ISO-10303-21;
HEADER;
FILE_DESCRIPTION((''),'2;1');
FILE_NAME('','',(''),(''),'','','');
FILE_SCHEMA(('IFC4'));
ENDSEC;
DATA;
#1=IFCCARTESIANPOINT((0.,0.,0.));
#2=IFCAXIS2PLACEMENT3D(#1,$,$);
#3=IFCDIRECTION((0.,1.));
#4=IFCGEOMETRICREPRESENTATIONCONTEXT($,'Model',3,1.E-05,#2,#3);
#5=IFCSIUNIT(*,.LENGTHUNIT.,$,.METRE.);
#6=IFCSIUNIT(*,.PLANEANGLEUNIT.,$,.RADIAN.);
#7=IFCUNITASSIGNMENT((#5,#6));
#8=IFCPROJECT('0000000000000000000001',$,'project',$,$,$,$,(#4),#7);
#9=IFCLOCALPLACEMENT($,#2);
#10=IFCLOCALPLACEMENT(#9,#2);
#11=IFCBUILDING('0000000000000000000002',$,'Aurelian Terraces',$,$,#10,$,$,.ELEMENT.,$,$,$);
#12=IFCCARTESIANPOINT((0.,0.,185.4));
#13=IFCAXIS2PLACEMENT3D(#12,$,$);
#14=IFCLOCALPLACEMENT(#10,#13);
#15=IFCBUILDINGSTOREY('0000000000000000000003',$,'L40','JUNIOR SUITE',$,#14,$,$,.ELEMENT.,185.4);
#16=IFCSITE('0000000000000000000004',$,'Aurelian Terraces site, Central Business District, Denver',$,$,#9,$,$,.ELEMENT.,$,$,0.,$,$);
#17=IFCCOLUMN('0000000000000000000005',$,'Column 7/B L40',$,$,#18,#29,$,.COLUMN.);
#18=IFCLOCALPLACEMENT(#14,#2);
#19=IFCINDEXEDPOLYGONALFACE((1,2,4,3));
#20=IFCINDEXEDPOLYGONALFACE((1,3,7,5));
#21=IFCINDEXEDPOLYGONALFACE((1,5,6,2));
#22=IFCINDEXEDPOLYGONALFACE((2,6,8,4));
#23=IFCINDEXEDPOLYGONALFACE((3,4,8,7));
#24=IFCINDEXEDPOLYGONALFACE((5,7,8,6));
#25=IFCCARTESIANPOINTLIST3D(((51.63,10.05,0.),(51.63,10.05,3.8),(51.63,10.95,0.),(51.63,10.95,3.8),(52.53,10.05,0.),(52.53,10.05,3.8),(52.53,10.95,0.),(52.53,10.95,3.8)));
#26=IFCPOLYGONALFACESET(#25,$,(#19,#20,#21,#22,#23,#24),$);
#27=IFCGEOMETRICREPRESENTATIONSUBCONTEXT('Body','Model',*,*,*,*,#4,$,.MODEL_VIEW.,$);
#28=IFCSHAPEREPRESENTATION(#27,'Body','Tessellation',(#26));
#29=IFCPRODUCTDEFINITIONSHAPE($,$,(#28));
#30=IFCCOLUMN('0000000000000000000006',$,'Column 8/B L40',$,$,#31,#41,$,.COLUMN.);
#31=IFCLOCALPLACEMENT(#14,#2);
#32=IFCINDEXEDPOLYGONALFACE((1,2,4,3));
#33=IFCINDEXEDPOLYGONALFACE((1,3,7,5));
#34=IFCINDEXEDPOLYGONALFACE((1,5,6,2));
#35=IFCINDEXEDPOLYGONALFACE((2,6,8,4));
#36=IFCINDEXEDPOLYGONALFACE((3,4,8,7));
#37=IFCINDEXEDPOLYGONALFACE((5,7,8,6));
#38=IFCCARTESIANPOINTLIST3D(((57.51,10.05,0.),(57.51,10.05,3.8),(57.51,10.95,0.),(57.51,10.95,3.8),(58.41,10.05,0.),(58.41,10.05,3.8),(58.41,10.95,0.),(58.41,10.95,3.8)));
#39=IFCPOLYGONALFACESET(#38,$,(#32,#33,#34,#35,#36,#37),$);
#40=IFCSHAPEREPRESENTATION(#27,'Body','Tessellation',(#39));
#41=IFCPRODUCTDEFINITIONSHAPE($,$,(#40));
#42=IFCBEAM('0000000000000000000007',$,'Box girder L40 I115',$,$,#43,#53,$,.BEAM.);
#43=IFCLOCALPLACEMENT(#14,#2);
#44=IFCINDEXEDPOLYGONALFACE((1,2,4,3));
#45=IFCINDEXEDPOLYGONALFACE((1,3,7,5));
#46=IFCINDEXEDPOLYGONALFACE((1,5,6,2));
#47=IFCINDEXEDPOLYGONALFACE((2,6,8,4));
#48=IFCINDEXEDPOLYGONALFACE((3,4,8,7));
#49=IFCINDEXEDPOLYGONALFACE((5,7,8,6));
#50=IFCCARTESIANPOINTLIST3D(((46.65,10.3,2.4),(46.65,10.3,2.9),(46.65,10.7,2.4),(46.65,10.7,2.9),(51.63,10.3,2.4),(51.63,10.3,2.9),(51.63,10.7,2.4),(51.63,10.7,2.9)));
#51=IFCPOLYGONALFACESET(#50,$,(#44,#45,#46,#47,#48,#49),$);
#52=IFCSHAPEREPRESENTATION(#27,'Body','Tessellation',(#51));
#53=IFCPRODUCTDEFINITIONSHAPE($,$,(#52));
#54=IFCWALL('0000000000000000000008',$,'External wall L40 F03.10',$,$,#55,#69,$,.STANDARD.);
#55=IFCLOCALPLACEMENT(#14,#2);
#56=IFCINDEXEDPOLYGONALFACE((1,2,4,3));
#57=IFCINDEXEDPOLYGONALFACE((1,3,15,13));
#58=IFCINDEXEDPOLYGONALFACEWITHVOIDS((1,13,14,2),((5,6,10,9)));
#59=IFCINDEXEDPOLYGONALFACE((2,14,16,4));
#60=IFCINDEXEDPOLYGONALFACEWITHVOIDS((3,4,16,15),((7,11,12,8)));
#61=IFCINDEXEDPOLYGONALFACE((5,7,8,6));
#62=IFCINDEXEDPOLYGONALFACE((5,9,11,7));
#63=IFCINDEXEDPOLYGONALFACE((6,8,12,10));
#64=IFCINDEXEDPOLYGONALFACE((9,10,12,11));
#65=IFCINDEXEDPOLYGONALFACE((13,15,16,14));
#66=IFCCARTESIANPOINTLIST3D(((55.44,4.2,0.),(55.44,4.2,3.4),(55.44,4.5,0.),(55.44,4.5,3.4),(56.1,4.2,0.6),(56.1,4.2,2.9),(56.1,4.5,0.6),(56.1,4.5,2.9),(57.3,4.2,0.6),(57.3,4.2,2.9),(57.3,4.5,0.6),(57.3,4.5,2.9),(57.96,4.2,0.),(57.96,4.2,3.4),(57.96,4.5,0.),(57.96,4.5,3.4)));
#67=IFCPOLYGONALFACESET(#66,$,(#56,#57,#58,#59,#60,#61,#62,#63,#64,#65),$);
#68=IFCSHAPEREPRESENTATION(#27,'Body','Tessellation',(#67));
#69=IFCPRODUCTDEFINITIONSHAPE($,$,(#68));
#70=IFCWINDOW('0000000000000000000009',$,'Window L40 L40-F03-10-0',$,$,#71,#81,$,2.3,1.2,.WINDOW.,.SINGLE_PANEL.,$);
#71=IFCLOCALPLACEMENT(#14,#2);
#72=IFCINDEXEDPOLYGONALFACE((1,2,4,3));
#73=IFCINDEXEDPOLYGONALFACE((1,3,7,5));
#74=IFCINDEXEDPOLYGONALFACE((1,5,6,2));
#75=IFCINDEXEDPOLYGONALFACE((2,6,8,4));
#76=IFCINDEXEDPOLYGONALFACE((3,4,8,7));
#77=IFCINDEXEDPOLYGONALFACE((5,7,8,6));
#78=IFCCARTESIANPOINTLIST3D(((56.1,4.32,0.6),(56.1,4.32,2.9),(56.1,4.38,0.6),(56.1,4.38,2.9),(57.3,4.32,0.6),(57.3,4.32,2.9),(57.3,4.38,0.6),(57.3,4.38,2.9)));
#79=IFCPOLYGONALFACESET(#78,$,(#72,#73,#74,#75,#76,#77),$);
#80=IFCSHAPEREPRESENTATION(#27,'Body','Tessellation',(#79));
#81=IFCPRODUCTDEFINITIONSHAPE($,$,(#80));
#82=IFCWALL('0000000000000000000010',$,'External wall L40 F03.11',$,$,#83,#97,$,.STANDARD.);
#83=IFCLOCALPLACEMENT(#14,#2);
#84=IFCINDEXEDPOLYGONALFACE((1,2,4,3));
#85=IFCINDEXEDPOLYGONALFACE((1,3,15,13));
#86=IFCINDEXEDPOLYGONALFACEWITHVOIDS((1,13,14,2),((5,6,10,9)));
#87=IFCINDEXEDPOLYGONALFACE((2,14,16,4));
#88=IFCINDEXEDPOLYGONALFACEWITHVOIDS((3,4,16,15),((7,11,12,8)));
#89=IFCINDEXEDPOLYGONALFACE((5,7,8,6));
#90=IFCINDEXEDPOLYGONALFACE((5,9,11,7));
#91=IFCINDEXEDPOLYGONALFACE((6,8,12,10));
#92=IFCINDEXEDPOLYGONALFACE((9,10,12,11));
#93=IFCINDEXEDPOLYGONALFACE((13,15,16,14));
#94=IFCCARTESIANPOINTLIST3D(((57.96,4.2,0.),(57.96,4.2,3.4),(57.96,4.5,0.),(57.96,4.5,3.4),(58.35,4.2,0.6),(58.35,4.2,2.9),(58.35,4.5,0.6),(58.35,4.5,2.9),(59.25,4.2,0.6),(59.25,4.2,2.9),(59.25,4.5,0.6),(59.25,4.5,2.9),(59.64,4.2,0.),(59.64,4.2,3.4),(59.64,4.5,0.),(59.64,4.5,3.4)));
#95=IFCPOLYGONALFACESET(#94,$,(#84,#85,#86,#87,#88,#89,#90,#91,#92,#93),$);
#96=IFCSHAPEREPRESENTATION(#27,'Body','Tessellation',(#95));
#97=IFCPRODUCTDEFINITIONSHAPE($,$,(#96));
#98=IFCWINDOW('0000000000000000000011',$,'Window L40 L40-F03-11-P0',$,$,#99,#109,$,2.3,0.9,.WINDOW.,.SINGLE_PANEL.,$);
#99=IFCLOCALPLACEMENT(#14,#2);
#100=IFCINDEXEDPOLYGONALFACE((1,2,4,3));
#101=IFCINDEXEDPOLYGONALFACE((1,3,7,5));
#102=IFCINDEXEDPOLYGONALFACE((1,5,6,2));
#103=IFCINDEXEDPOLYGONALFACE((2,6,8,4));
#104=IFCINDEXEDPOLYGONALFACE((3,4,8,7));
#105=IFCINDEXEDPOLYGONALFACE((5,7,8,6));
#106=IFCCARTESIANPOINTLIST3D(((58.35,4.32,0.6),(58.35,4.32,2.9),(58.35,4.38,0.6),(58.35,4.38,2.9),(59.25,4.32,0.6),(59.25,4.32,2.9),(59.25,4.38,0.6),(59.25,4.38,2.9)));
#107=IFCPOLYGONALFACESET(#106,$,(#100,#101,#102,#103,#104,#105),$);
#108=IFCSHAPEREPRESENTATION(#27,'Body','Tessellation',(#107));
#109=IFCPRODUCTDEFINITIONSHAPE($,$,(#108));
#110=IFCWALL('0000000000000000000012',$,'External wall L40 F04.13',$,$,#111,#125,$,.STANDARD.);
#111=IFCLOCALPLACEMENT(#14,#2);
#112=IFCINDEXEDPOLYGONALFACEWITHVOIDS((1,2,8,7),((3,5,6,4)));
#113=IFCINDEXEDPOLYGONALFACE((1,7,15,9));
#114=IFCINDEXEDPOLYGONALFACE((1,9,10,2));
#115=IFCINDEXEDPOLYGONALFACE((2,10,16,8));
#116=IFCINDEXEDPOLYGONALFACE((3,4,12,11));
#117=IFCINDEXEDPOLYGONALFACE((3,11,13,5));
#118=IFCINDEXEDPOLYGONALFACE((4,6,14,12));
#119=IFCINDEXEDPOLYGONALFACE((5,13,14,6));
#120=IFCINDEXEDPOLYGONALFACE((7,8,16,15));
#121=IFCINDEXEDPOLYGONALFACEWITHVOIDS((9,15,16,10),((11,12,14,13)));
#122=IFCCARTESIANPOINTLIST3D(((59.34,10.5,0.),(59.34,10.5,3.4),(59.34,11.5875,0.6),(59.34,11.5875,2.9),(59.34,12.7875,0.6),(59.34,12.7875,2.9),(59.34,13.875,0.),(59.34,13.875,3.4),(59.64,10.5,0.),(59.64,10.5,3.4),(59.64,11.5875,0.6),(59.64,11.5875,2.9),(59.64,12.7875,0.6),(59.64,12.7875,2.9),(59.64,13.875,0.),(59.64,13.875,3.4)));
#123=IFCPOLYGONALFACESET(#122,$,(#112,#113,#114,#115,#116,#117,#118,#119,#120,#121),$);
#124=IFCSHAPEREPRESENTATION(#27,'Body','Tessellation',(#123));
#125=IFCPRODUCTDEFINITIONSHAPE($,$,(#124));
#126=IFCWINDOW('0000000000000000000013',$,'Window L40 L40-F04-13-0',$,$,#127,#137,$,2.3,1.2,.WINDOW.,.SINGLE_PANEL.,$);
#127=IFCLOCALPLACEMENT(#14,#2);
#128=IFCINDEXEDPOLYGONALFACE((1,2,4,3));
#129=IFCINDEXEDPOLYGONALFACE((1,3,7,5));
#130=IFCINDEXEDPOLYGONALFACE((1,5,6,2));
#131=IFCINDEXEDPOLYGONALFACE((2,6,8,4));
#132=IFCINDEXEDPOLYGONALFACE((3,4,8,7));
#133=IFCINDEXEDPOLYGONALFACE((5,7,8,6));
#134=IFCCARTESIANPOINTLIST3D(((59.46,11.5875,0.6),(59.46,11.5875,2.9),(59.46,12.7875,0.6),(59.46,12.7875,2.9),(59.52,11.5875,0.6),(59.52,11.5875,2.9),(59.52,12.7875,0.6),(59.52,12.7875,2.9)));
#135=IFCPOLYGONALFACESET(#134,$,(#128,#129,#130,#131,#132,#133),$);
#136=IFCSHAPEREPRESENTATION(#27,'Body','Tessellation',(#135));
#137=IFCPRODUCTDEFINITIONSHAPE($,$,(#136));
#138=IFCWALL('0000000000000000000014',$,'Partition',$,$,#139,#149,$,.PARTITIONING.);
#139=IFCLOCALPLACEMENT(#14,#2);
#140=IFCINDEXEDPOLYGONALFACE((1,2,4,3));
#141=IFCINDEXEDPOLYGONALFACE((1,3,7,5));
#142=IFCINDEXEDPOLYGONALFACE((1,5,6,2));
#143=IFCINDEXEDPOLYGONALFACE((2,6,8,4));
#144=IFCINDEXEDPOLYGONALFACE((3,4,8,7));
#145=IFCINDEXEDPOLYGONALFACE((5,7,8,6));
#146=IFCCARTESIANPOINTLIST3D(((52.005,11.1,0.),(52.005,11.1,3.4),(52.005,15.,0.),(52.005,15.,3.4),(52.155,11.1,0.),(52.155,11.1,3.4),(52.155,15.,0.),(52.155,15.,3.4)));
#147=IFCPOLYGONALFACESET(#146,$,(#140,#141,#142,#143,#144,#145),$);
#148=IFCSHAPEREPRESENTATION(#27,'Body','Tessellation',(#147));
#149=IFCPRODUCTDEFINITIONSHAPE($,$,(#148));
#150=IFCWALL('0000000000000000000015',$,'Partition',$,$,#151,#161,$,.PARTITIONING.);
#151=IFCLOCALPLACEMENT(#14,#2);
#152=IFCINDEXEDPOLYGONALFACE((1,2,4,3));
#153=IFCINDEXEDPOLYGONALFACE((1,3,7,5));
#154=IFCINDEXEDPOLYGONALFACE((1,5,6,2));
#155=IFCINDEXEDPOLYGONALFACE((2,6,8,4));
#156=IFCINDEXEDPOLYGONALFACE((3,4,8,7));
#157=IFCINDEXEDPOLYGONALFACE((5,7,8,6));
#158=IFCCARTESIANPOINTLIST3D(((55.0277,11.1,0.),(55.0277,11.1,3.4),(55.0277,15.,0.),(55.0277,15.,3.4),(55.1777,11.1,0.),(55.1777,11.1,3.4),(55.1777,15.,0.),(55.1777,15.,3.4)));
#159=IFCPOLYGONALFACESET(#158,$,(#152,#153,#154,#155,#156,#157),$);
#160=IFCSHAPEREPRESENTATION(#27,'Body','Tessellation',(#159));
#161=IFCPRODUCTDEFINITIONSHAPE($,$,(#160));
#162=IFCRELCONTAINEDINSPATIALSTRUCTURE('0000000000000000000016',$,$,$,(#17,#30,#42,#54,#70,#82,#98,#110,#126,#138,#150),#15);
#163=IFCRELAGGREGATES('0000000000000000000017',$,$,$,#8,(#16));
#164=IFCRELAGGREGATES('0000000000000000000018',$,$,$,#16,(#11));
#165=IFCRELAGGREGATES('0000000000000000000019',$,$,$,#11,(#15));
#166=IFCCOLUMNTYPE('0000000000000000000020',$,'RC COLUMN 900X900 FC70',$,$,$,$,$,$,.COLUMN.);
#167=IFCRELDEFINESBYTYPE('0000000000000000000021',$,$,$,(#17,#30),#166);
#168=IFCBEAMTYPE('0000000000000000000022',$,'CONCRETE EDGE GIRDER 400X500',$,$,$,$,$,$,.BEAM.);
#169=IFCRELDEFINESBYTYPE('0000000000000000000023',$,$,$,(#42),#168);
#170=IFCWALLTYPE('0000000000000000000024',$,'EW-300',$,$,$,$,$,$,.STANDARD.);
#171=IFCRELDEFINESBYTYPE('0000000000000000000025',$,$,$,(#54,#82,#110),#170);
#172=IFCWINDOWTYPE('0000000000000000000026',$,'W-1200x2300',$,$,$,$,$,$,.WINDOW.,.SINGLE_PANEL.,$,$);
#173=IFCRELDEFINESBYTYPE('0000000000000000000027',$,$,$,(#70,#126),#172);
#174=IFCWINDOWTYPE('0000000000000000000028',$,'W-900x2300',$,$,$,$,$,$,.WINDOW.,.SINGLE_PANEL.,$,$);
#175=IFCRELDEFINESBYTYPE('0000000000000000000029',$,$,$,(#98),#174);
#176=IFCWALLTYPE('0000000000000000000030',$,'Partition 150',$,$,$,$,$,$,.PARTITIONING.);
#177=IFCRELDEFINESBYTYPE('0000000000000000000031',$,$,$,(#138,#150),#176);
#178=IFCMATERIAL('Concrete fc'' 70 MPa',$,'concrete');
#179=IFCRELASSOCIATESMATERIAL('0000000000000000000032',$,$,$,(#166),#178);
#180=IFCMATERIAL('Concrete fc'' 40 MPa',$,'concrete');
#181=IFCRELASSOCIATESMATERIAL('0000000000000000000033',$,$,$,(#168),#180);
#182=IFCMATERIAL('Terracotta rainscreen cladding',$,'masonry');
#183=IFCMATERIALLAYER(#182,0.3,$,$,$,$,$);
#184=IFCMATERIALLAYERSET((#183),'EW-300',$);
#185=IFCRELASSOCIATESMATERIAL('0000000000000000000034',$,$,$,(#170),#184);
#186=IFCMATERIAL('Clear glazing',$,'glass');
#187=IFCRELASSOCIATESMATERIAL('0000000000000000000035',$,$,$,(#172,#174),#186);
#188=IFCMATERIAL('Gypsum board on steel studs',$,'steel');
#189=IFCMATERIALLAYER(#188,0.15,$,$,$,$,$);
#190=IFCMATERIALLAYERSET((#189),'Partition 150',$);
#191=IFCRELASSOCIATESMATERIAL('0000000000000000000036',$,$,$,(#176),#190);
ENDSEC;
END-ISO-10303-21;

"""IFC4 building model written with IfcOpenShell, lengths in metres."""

from ifc_helpers import new_model, si_unit, direction, frame, frame_2d, origin, origin_2d, place, context, subcontext, project, spatial, rectangle, extrude, source, transform, mapped, material, layer, layer_set, material_profile, profile_set, type_object, element, fill, save


model = new_model("IFC4")

# Units and contexts
model_context = context("Model", 3, precision=1e-05, world=origin(), true_north=direction((0.0, 1.0)))
body_context = subcontext(model_context, "Body", "Model", "MODEL_VIEW")
ifc_project = project(units=[si_unit("LENGTHUNIT", "METRE"), si_unit("PLANEANGLEUNIT", "RADIAN")], contexts=[model_context])

# Site, building, storey
site_placement = place(None, origin())
site = spatial("IfcSite", under=ifc_project, at=site_placement, Name="Aurelian Terraces site, Central Business District, Denver", CompositionType="ELEMENT", RefElevation=0.0)
building_placement = place(site_placement, origin())
building = spatial("IfcBuilding", under=site, at=building_placement, Name="Aurelian Terraces", CompositionType="ELEMENT")
storey_placement = place(building_placement, frame((0.0, 0.0, 185.4)))
storey = spatial("IfcBuildingStorey", under=building, at=storey_placement, Name="L40", Description="JUNIOR SUITE", CompositionType="ELEMENT", Elevation=185.4)

# Columns
ifc_material_1 = material(Name="Concrete fc' 70 MPa", Category="concrete")
ifc_material_profile_1 = material_profile(ifc_material_1, rectangle(XDim=0.9, YDim=0.9, at=origin_2d()))
ifc_profile_set_1 = profile_set([ifc_material_profile_1], Name="Concrete fc' 70 MPa")
column_type = type_object("IfcColumnType", Name="RC COLUMN 900X900 FC70", PredefinedType="COLUMN", material=ifc_profile_set_1)
shared_shape_1 = source(origin(), body_context, "Body", "SweptSolid", [
    extrude(rectangle(XDim=0.9, YDim=0.9, at=origin_2d()), origin(), (0.0, 0.0, 1.0), 3.8),
])
for number, where, z_axis, x_axis, name in (
    (1, (52.08, 10.5, 0.0), (0.0, 0.0, 1.0), (1.0, 0.0, 0.0), "Column 7/B L40"),
    (2, (57.96, 10.5, 0.0), (0.0, 0.0, 1.0), (1.0, 0.0, 0.0), "Column 8/B L40"),
):
    element("IfcColumn", number, at=place(storey_placement, frame(where, z_axis=z_axis, x_axis=x_axis)), inside=storey, type_object=column_type, Name=name, PredefinedType="COLUMN", context=body_context, shape_type="MappedRepresentation", body=[
        mapped(shared_shape_1, transform((0.0, 0.0, 0.0), scale=1.0)),
    ])

# Beam
ifc_material_2 = material(Name="Concrete fc' 40 MPa", Category="concrete")
ifc_material_profile_2 = material_profile(ifc_material_2, rectangle(XDim=0.4, YDim=0.5, at=origin_2d()))
ifc_profile_set_2 = profile_set([ifc_material_profile_2], Name="Concrete fc' 40 MPa")
beam_type = type_object("IfcBeamType", Name="CONCRETE EDGE GIRDER 400X500", PredefinedType="BEAM", material=ifc_profile_set_2)
shared_shape_2 = source(origin(), body_context, "Body", "SweptSolid", [
    extrude(rectangle(XDim=0.4, YDim=0.5, at=origin_2d()), origin(), (0.0, 0.0, 1.0), 4.98),
])
beam_placement = place(storey_placement, frame((46.65, 10.5, 2.65), z_axis=(1.0, 0.0, 0.0), x_axis=(0.0, 1.0, 0.0)))
element("IfcBeam", 3, at=beam_placement, inside=storey, type_object=beam_type, Name="Box girder L40 I115", PredefinedType="BEAM", context=body_context, shape_type="MappedRepresentation", body=[
    mapped(shared_shape_2, transform((0.0, 0.0, 0.0), scale=1.0)),
])

# Walls, openings, windows
ifc_material_3 = material(Name="Terracotta rainscreen cladding", Category="masonry")
ifc_layer_1 = layer(ifc_material_3, 0.3)
ifc_layer_set_1 = layer_set([ifc_layer_1], Name="EW-300")
wall_type_1 = type_object("IfcWallType", Name="EW-300", PredefinedType="STANDARD", material=ifc_layer_set_1)
shared_shape_3 = source(origin(), body_context, "Body", "SweptSolid", [
    extrude(rectangle(XDim=2.52, YDim=0.3, at=frame_2d((1.26, 0.0))), origin(), (0.0, 0.0, 1.0), 3.4),
])
wall_1_placement = place(storey_placement, frame((55.44, 4.35, 0.0), z_axis=(0.0, 0.0, 1.0), x_axis=(1.0, 0.0, 0.0)))
wall_1 = element("IfcWall", 4, at=wall_1_placement, inside=storey, type_object=wall_type_1, Name="External wall L40 F03.10", PredefinedType="STANDARD", context=body_context, shape_type="MappedRepresentation", body=[
    mapped(shared_shape_3, transform((0.0, 0.0, 0.0), scale=1.0)),
])
shared_shape_4 = source(origin(), body_context, "Body", "SweptSolid", [
    extrude(rectangle(XDim=1.2, YDim=2.3, at=frame_2d((0.6, 1.15))), frame((0.0, 0.16, 0.0), z_axis=(0.0, -1.0, 0.0), x_axis=(1.0, 0.0, 0.0)), (0.0, 0.0, 1.0), 0.32),
])
opening_1_placement = place(wall_1_placement, frame((0.66, 0.0, 0.6)))
opening_1 = element("IfcOpeningElement", 5, at=opening_1_placement, cuts=wall_1, PredefinedType="OPENING", context=body_context, shape_type="MappedRepresentation", body=[
    mapped(shared_shape_4, transform((0.0, 0.0, 0.0), scale=1.0)),
])
ifc_material_4 = material(Name="Clear glazing", Category="glass")
window_type_1 = type_object("IfcWindowType", Name="W-1200x2300", PartitioningType="SINGLE_PANEL", PredefinedType="WINDOW", material=ifc_material_4)
shared_shape_5 = source(origin(), body_context, "Body", "SweptSolid", [
    extrude(rectangle(XDim=1.2, YDim=2.3, at=frame_2d((0.6, 1.15))), frame((0.0, 0.03, 0.0), z_axis=(0.0, -1.0, 0.0), x_axis=(1.0, 0.0, 0.0)), (0.0, 0.0, 1.0), 0.06),
])
window_1_placement = place(opening_1_placement, origin())
window_1 = element("IfcWindow", 6, at=window_1_placement, inside=storey, type_object=window_type_1, Name="Window L40 L40-F03-10-0", OverallHeight=2.3, OverallWidth=1.2, PartitioningType="SINGLE_PANEL", PredefinedType="WINDOW", context=body_context, shape_type="MappedRepresentation", body=[
    mapped(shared_shape_5, transform((0.0, 0.0, 0.0), scale=1.0)),
])
fill(opening_1, window_1)
shared_shape_6 = source(origin(), body_context, "Body", "SweptSolid", [
    extrude(rectangle(XDim=1.68, YDim=0.3, at=frame_2d((0.84, 0.0))), origin(), (0.0, 0.0, 1.0), 3.4),
])
wall_2_placement = place(storey_placement, frame((57.96, 4.35, 0.0), z_axis=(0.0, 0.0, 1.0), x_axis=(1.0, 0.0, 0.0)))
wall_2 = element("IfcWall", 7, at=wall_2_placement, inside=storey, type_object=wall_type_1, Name="External wall L40 F03.11", PredefinedType="STANDARD", context=body_context, shape_type="MappedRepresentation", body=[
    mapped(shared_shape_6, transform((0.0, 0.0, 0.0), scale=1.0)),
])
shared_shape_7 = source(origin(), body_context, "Body", "SweptSolid", [
    extrude(rectangle(XDim=0.9, YDim=2.3, at=frame_2d((0.45, 1.15))), frame((0.0, 0.16, 0.0), z_axis=(0.0, -1.0, 0.0), x_axis=(1.0, 0.0, 0.0)), (0.0, 0.0, 1.0), 0.32),
])
opening_2_placement = place(wall_2_placement, frame((0.39, 0.0, 0.6)))
opening_2 = element("IfcOpeningElement", 8, at=opening_2_placement, cuts=wall_2, PredefinedType="OPENING", context=body_context, shape_type="MappedRepresentation", body=[
    mapped(shared_shape_7, transform((0.0, 0.0, 0.0), scale=1.0)),
])
window_type_2 = type_object("IfcWindowType", Name="W-900x2300", PartitioningType="SINGLE_PANEL", PredefinedType="WINDOW", material=ifc_material_4)
shared_shape_8 = source(origin(), body_context, "Body", "SweptSolid", [
    extrude(rectangle(XDim=0.9, YDim=2.3, at=frame_2d((0.45, 1.15))), frame((0.0, 0.03, 0.0), z_axis=(0.0, -1.0, 0.0), x_axis=(1.0, 0.0, 0.0)), (0.0, 0.0, 1.0), 0.06),
])
window_2_placement = place(opening_2_placement, origin())
window_2 = element("IfcWindow", 9, at=window_2_placement, inside=storey, type_object=window_type_2, Name="Window L40 L40-F03-11-P0", OverallHeight=2.3, OverallWidth=0.9, PartitioningType="SINGLE_PANEL", PredefinedType="WINDOW", context=body_context, shape_type="MappedRepresentation", body=[
    mapped(shared_shape_8, transform((0.0, 0.0, 0.0), scale=1.0)),
])
fill(opening_2, window_2)
shared_shape_9 = source(origin(), body_context, "Body", "SweptSolid", [
    extrude(rectangle(XDim=3.375, YDim=0.3, at=frame_2d((1.6875, 0.0))), origin(), (0.0, 0.0, 1.0), 3.4),
])
wall_3_placement = place(storey_placement, frame((59.49, 10.5, 0.0), z_axis=(0.0, 0.0, 1.0), x_axis=(0.0, 1.0, 0.0)))
wall_3 = element("IfcWall", 10, at=wall_3_placement, inside=storey, type_object=wall_type_1, Name="External wall L40 F04.13", PredefinedType="STANDARD", context=body_context, shape_type="MappedRepresentation", body=[
    mapped(shared_shape_9, transform((0.0, 0.0, 0.0), scale=1.0)),
])
opening_3_placement = place(wall_3_placement, frame((1.0875, 0.0, 0.6)))
opening_3 = element("IfcOpeningElement", 11, at=opening_3_placement, cuts=wall_3, PredefinedType="OPENING", context=body_context, shape_type="MappedRepresentation", body=[
    mapped(shared_shape_4, transform((0.0, 0.0, 0.0), scale=1.0)),
])
window_3_placement = place(opening_3_placement, origin())
window_3 = element("IfcWindow", 12, at=window_3_placement, inside=storey, type_object=window_type_1, Name="Window L40 L40-F04-13-0", OverallHeight=2.3, OverallWidth=1.2, PartitioningType="SINGLE_PANEL", PredefinedType="WINDOW", context=body_context, shape_type="MappedRepresentation", body=[
    mapped(shared_shape_5, transform((0.0, 0.0, 0.0), scale=1.0)),
])
fill(opening_3, window_3)

# Walls
ifc_material_5 = material(Name="Gypsum board on steel studs", Category="steel")
ifc_layer_2 = layer(ifc_material_5, 0.15)
ifc_layer_set_2 = layer_set([ifc_layer_2], Name="Partition 150")
wall_type_2 = type_object("IfcWallType", Name="Partition 150", PredefinedType="PARTITIONING", material=ifc_layer_set_2)
shared_shape_10 = source(origin(), body_context, "Body", "SweptSolid", [
    extrude(rectangle(XDim=3.9, YDim=0.15, at=frame_2d((1.95, 0.0))), origin(), (0.0, 0.0, 1.0), 3.4),
])
for number, where, z_axis, x_axis, name in (
    (13, (52.08, 11.1, 0.0), (0.0, 0.0, 1.0), (0.0, 1.0, 0.0), "Partition"),
    (14, (55.1027, 11.1, 0.0), (0.0, 0.0, 1.0), (0.0, 1.0, 0.0), "Partition"),
):
    element("IfcWall", number, at=place(storey_placement, frame(where, z_axis=z_axis, x_axis=x_axis)), inside=storey, type_object=wall_type_2, Name=name, PredefinedType="PARTITIONING", context=body_context, shape_type="MappedRepresentation", body=[
        mapped(shared_shape_10, transform((0.0, 0.0, 0.0), scale=1.0)),
    ])

save(model, "model.ifc")
